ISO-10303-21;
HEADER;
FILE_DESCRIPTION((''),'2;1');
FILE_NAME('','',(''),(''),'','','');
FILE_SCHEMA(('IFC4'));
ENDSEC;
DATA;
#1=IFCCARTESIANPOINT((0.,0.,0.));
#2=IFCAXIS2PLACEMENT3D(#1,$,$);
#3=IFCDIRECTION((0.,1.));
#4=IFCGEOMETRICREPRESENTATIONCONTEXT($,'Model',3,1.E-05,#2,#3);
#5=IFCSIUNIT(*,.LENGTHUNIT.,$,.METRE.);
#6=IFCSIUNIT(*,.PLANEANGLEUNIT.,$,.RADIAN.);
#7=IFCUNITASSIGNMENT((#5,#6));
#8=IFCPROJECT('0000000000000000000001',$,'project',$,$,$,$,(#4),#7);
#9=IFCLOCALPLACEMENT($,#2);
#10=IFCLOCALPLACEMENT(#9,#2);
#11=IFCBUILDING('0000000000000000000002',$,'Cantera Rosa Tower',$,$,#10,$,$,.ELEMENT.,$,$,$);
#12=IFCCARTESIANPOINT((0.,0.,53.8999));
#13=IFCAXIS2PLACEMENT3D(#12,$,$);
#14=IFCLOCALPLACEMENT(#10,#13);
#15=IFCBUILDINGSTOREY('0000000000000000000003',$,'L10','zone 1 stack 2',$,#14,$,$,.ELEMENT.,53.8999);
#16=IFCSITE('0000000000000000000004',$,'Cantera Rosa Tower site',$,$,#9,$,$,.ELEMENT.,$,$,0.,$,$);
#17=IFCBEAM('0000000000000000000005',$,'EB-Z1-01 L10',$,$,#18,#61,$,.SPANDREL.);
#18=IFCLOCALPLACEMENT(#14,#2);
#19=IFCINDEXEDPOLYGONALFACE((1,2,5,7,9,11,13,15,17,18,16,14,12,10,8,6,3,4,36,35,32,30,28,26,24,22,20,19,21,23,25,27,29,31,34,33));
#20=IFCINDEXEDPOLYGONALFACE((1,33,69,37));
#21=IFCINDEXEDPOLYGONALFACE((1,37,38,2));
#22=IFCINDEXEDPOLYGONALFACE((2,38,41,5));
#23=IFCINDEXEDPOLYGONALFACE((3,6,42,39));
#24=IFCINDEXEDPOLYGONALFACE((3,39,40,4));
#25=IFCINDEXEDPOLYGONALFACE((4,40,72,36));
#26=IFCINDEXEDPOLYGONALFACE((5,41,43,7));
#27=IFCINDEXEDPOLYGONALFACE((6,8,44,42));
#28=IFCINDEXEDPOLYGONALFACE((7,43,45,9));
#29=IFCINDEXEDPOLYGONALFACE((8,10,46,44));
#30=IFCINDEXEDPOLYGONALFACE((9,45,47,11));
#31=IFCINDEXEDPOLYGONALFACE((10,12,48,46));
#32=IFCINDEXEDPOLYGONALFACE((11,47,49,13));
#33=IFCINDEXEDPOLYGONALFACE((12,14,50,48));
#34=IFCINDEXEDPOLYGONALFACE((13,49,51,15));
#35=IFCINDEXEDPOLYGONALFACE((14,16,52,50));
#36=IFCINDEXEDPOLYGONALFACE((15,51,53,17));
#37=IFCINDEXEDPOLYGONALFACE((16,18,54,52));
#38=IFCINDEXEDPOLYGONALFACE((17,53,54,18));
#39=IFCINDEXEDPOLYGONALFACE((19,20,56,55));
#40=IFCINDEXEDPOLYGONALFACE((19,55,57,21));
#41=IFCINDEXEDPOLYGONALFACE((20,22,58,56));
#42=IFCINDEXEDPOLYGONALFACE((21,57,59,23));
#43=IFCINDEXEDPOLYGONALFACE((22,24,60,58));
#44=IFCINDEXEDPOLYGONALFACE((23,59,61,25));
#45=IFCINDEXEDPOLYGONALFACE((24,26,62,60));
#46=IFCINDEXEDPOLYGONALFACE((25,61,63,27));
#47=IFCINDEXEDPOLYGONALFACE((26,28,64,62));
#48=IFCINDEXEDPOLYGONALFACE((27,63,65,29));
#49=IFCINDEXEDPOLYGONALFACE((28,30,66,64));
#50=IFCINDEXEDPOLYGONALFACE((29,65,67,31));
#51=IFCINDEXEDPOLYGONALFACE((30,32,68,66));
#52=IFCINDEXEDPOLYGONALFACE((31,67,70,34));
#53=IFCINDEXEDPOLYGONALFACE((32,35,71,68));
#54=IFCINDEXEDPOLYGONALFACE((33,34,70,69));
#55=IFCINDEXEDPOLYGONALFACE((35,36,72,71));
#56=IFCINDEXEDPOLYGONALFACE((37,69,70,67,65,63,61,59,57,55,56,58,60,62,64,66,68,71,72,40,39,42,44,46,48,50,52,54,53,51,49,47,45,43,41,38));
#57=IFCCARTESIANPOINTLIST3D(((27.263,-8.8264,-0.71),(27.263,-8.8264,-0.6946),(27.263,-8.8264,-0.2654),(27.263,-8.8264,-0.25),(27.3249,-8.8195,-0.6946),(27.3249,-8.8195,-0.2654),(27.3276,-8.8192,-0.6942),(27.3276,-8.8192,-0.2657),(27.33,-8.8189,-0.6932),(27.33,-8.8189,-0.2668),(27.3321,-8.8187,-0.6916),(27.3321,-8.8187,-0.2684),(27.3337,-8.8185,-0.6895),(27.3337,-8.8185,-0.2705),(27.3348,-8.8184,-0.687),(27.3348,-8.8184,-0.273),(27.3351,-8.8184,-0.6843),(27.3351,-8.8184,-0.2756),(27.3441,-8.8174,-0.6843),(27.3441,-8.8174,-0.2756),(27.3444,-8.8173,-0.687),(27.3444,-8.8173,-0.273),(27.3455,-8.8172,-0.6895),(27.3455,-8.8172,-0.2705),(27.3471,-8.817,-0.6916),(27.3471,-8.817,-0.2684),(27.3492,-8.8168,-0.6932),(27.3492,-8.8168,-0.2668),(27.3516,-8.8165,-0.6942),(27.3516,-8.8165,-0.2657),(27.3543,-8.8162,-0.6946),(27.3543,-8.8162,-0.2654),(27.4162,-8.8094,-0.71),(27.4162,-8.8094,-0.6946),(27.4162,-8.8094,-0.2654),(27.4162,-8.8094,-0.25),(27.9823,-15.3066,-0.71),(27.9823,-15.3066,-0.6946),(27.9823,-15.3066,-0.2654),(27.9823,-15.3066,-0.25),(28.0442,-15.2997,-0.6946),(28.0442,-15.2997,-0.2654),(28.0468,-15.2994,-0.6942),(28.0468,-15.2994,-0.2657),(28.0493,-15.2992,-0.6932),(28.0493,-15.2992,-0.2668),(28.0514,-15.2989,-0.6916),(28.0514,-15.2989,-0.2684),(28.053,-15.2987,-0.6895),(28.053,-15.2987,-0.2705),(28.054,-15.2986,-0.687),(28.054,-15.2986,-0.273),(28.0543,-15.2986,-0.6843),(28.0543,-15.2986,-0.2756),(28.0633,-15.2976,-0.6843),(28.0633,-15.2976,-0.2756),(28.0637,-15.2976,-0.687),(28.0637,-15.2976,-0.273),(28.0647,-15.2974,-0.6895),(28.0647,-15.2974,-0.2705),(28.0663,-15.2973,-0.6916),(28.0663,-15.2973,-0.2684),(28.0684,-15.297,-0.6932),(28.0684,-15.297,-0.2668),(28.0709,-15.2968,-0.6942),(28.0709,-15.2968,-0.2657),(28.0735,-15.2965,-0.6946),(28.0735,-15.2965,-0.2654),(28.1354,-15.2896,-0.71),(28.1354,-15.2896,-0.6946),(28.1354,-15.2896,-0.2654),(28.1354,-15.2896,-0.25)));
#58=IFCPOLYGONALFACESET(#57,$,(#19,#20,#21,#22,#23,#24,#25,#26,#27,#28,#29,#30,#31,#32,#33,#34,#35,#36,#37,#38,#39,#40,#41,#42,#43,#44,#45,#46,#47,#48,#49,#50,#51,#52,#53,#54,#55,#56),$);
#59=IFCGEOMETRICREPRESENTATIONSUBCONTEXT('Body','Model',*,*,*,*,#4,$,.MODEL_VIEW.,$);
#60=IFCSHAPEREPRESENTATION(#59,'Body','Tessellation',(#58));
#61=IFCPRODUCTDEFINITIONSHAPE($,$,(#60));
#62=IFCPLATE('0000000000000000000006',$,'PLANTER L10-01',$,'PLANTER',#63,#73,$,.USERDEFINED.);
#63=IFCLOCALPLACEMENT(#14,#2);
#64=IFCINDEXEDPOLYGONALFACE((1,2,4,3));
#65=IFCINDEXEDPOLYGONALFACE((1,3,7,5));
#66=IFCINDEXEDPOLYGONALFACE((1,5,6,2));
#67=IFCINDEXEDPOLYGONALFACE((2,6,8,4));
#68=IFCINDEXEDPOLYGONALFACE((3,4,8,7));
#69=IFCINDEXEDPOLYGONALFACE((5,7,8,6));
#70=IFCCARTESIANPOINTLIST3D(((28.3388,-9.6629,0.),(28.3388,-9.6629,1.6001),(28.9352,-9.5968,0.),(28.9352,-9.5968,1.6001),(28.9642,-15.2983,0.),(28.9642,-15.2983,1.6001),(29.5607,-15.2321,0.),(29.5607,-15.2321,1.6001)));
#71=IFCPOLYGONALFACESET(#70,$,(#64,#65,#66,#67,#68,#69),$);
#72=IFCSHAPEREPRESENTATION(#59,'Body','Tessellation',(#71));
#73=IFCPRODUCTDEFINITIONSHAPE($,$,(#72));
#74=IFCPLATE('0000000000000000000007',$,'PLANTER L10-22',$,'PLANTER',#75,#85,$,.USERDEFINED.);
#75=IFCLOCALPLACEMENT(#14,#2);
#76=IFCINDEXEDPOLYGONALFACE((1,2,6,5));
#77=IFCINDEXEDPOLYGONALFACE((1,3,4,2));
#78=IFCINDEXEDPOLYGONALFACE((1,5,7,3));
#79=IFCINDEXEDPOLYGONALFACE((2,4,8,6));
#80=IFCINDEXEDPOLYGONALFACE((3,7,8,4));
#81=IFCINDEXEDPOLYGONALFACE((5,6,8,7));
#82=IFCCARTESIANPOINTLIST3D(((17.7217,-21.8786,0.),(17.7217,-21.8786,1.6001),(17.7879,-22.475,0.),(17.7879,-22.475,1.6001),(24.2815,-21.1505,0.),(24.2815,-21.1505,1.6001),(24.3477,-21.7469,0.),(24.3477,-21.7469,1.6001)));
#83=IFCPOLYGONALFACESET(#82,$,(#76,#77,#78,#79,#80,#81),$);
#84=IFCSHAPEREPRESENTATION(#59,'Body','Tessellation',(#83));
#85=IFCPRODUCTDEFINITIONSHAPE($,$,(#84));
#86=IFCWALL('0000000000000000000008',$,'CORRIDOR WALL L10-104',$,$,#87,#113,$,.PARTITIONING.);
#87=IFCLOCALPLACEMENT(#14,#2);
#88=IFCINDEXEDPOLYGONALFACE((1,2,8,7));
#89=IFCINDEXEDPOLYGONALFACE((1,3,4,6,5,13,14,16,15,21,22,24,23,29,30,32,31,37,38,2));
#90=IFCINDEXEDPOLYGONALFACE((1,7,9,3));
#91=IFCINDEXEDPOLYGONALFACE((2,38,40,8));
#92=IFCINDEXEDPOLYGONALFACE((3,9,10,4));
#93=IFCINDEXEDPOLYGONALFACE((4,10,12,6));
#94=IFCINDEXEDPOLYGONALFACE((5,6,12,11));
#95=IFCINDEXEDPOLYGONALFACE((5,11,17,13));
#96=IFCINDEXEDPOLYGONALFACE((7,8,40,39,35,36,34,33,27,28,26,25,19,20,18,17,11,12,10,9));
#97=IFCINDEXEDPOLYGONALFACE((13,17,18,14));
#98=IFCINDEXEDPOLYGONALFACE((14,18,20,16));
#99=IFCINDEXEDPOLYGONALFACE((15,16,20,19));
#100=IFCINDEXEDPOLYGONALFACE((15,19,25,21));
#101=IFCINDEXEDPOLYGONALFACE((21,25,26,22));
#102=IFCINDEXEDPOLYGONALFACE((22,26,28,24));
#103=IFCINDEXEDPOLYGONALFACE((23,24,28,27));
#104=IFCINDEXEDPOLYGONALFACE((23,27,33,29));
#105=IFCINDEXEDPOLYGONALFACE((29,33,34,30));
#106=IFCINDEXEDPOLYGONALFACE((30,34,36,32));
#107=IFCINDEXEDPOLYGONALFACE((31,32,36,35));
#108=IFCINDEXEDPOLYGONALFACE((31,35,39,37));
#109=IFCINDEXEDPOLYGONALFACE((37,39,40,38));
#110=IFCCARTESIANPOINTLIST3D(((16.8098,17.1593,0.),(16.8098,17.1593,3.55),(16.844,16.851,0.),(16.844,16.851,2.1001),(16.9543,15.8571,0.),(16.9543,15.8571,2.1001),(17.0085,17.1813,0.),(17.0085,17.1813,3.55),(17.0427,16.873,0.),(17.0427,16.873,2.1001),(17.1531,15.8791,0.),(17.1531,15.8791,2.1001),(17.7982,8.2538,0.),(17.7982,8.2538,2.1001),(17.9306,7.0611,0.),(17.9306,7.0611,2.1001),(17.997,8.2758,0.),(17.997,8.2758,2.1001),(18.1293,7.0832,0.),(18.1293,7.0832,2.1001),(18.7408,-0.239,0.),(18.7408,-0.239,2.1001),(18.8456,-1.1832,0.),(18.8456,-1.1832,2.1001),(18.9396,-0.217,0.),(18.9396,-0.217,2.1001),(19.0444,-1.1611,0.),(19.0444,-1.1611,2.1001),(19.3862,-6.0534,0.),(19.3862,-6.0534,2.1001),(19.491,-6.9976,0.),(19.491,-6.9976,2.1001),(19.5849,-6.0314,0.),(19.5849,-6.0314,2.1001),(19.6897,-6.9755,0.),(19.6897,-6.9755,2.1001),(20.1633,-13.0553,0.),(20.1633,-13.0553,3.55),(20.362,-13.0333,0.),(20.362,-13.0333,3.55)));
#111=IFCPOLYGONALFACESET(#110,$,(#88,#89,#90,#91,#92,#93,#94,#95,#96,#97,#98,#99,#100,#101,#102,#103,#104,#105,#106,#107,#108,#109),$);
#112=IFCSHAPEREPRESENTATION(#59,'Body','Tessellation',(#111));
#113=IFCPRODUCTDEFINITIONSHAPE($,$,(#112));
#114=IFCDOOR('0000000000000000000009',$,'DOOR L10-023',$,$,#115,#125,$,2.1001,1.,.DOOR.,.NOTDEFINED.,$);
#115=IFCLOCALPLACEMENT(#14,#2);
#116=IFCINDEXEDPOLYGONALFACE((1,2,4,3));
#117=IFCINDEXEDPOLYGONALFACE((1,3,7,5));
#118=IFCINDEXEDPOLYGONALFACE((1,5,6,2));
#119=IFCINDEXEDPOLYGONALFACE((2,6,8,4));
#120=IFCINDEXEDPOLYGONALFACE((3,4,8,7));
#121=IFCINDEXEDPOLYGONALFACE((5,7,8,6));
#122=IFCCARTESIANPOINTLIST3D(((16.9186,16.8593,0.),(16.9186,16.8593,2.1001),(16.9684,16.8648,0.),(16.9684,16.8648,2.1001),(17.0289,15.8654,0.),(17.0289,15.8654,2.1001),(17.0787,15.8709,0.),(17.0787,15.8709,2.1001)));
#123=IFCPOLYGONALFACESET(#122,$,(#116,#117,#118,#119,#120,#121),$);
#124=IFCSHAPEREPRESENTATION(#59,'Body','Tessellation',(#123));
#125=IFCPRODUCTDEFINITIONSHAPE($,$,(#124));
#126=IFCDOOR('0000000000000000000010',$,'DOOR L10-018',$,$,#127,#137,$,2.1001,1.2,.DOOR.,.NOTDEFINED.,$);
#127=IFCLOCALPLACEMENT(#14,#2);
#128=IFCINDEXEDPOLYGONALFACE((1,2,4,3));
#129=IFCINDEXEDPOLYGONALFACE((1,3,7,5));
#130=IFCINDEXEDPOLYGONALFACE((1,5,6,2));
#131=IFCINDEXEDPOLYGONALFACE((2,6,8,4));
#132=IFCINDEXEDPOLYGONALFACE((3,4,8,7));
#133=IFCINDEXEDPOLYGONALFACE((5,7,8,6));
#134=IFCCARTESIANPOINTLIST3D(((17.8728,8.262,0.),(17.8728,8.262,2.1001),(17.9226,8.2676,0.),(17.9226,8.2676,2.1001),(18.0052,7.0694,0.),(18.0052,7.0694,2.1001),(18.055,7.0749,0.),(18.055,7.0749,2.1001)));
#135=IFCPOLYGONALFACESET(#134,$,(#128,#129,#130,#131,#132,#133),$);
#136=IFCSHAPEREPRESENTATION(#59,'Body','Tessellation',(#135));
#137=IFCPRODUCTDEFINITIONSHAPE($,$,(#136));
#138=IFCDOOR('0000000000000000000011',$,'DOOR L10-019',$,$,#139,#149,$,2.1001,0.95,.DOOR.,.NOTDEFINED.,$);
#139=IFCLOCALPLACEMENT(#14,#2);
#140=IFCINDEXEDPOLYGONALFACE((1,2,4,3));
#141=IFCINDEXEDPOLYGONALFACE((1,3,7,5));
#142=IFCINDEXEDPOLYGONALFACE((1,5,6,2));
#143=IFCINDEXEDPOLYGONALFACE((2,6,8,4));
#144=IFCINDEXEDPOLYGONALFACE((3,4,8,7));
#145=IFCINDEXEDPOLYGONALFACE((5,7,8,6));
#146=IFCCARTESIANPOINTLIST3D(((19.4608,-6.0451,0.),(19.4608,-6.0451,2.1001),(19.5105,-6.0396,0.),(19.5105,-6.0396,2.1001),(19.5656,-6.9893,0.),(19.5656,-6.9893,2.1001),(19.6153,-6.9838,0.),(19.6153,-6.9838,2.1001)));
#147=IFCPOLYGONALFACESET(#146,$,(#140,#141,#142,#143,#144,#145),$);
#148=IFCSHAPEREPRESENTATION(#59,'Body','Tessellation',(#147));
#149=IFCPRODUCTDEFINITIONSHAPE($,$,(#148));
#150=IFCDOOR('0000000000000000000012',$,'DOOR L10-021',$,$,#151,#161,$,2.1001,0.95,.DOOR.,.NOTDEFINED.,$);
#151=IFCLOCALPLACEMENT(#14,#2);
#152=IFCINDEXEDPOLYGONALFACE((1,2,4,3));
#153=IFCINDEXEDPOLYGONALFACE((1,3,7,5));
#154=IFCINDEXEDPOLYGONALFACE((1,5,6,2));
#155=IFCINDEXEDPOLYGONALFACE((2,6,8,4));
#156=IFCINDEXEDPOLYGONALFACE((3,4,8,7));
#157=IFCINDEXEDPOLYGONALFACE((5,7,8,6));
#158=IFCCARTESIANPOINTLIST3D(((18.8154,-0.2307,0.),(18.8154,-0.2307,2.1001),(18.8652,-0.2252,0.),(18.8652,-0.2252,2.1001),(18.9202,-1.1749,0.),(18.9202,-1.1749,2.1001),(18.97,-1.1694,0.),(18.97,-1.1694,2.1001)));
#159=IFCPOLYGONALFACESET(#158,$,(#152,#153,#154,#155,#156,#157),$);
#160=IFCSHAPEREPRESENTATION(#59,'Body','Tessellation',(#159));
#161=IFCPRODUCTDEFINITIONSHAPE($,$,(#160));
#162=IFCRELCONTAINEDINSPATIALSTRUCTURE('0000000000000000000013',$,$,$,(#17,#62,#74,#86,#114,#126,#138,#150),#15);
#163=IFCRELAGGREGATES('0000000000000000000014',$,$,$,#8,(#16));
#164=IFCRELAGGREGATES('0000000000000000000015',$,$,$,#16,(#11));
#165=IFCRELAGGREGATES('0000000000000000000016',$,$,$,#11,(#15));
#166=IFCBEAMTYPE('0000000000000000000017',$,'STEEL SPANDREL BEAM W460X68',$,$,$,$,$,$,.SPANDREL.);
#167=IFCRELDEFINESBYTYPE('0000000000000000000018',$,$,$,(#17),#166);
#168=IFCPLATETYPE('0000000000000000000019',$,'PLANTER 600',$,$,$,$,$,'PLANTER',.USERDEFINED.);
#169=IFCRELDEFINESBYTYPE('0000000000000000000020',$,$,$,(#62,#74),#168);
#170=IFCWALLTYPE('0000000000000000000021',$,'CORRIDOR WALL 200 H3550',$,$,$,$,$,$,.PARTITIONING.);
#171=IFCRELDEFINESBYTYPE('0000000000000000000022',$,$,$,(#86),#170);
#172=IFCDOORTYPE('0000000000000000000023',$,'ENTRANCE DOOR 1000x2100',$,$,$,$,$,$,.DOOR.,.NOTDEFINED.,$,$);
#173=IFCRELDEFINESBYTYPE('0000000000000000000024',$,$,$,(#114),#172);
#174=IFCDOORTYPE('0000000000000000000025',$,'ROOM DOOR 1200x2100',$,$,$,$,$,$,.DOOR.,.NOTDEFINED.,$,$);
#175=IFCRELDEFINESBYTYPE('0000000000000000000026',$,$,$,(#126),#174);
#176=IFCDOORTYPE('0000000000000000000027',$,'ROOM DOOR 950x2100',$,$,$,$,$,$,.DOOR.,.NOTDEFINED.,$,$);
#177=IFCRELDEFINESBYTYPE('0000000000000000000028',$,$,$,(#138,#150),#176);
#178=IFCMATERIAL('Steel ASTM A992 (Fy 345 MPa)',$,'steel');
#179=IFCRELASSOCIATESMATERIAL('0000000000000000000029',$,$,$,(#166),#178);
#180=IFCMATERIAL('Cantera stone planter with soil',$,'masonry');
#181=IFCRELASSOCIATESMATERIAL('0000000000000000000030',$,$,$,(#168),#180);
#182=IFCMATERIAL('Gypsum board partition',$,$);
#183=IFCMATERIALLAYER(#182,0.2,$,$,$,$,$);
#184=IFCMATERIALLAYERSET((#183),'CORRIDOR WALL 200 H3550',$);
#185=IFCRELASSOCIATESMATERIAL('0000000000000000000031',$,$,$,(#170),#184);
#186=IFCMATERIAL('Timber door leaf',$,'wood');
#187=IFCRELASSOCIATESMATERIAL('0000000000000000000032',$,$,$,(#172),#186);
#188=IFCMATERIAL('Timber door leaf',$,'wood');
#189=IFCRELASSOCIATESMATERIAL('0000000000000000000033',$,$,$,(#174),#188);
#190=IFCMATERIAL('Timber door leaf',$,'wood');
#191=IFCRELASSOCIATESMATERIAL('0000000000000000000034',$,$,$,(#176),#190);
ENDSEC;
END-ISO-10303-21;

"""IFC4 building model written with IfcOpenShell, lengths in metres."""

from ifc_helpers import new_model, si_unit, direction, frame, frame_2d, origin, origin_2d, place, context, subcontext, project, spatial, rectangle, i_section, extrude, material, layer, layer_set, material_profile, profile_set, type_object, element, fill, save


model = new_model("IFC4")

# Units and contexts
model_context = context("Model", 3, precision=1e-05, world=origin(), true_north=direction((0.0, 1.0)))
body_context = subcontext(model_context, "Body", "Model", "MODEL_VIEW")
ifc_project = project(units=[si_unit("LENGTHUNIT", "METRE"), si_unit("PLANEANGLEUNIT", "RADIAN")], contexts=[model_context])

# Site, building, storey
site_placement = place(None, origin())
site = spatial("IfcSite", under=ifc_project, at=site_placement, Name="Cantera Rosa Tower site", CompositionType="ELEMENT", RefElevation=0.0)
building_placement = place(site_placement, origin())
building = spatial("IfcBuilding", under=site, at=building_placement, Name="Cantera Rosa Tower", CompositionType="ELEMENT")
storey_placement = place(building_placement, frame((0.0, 0.0, 53.8999)))
storey = spatial("IfcBuildingStorey", under=building, at=storey_placement, Name="L10", Description="zone 1 stack 2", CompositionType="ELEMENT", Elevation=53.8999)

# Beam
ifc_material_1 = material(Name="Steel ASTM A992 (Fy 345 MPa)", Category="steel")
ifc_material_profile_1 = material_profile(ifc_material_1, i_section(OverallWidth=0.1541, OverallDepth=0.46, WebThickness=0.009, FlangeThickness=0.0154, FilletRadius=0.0103, at=origin_2d()), Name="W460X68")
ifc_profile_set_1 = profile_set([ifc_material_profile_1], Name="Steel ASTM A992 (Fy 345 MPa)")
beam_type_1 = type_object("IfcBeamType", Name="STEEL SPANDREL BEAM W460X68", PredefinedType="SPANDREL", material=ifc_profile_set_1)
beam_1_placement = place(storey_placement, frame((28.0588, -15.2981, -0.48), z_axis=(-0.110312, 0.993897, 0.0), x_axis=(-0.993897, -0.110312, 0.0)))
element("IfcBeam", 1, at=beam_1_placement, inside=storey, type_object=beam_type_1, Name="EB-Z1-01 L10", PredefinedType="SPANDREL", context=body_context, shape_type="SweptSolid", body=[
    extrude(i_section(OverallWidth=0.1541, OverallDepth=0.46, WebThickness=0.009, FlangeThickness=0.0154, FilletRadius=0.0103, at=origin_2d()), origin(), (0.0, 0.0, 1.0), 6.52),
])

# Plates
ifc_material_2 = material(Name="Cantera stone planter with soil", Category="masonry")
plate_type = type_object("IfcPlateType", Name="PLANTER 600", ElementType="PLANTER", PredefinedType="USERDEFINED", material=ifc_material_2)
plate_1_placement = place(storey_placement, frame((28.9497, -12.4475, 0.0), z_axis=(0.0, 0.0, 1.0), x_axis=(-0.110313, 0.993897, 0.0)))
element("IfcPlate", 2, at=plate_1_placement, inside=storey, type_object=plate_type, Name="PLANTER L10-01", ObjectType="PLANTER", PredefinedType="USERDEFINED", context=body_context, shape_type="SweptSolid", body=[
    extrude(rectangle(XDim=5.6699, YDim=0.6001, at=origin_2d()), origin(), (0.0, 0.0, 1.0), 1.6001),
])
plate_2_placement = place(storey_placement, frame((21.0347, -21.8127, 0.0), z_axis=(0.0, 0.0, 1.0), x_axis=(0.993897, 0.110313, 0.0)))
element("IfcPlate", 3, at=plate_2_placement, inside=storey, type_object=plate_type, Name="PLANTER L10-22", ObjectType="PLANTER", PredefinedType="USERDEFINED", context=body_context, shape_type="SweptSolid", body=[
    extrude(rectangle(XDim=6.6001, YDim=0.6001, at=origin_2d()), origin(), (0.0, 0.0, 1.0), 1.6001),
])

# Wall, openings, doors
ifc_material_3 = material(Name="Gypsum board partition")
ifc_layer_1 = layer(ifc_material_3, 0.2)
ifc_layer_set_1 = layer_set([ifc_layer_1], Name="CORRIDOR WALL 200 H3550")
wall_type_1 = type_object("IfcWallType", Name="CORRIDOR WALL 200 H3550", PredefinedType="PARTITIONING", material=ifc_layer_set_1)
wall_1_placement = place(storey_placement, frame((20.2627, -13.0444, 0.0), z_axis=(0.0, 0.0, 1.0), x_axis=(-0.110313, 0.993897, 0.0)))
wall_1 = element("IfcWall", 4, at=wall_1_placement, inside=storey, type_object=wall_type_1, Name="CORRIDOR WALL L10-104", PredefinedType="PARTITIONING", context=body_context, shape_type="SweptSolid", body=[
    extrude(rectangle(XDim=30.4001, YDim=0.2, at=frame_2d((15.2002, 0.0))), origin(), (0.0, 0.0, 1.0), 3.55),
])
opening_1_placement = place(wall_1_placement, frame((20.24, 0.0, 0.0)))
opening_1 = element("IfcOpeningElement", 5, at=opening_1_placement, cuts=wall_1, PredefinedType="OPENING", context=body_context, shape_type="SweptSolid", body=[
    extrude(rectangle(XDim=1.2, YDim=2.1001, at=frame_2d((0.6001, 1.05))), frame((0.0, 0.1099, 0.0), z_axis=(0.0, -1.0, 0.0), x_axis=(1.0, 0.0, 0.0)), (0.0, 0.0, 1.0), 0.22),
])
opening_2_placement = place(wall_1_placement, frame((6.095, 0.0, 0.0)))
opening_2 = element("IfcOpeningElement", 6, at=opening_2_placement, cuts=wall_1, PredefinedType="OPENING", context=body_context, shape_type="SweptSolid", body=[
    extrude(rectangle(XDim=0.95, YDim=2.1001, at=frame_2d((0.4751, 1.05))), frame((0.0, 0.1099, 0.0), z_axis=(0.0, -1.0, 0.0), x_axis=(1.0, 0.0, 0.0)), (0.0, 0.0, 1.0), 0.22),
])
opening_3_placement = place(wall_1_placement, frame((11.9451, 0.0, 0.0)))
opening_3 = element("IfcOpeningElement", 7, at=opening_3_placement, cuts=wall_1, PredefinedType="OPENING", context=body_context, shape_type="SweptSolid", body=[
    extrude(rectangle(XDim=0.95, YDim=2.1001, at=frame_2d((0.4751, 1.05))), frame((0.0, 0.1099, 0.0), z_axis=(0.0, -1.0, 0.0), x_axis=(1.0, 0.0, 0.0)), (0.0, 0.0, 1.0), 0.22),
])
opening_4_placement = place(wall_1_placement, frame((29.0901, 0.0, 0.0)))
opening_4 = element("IfcOpeningElement", 8, at=opening_4_placement, cuts=wall_1, PredefinedType="OPENING", context=body_context, shape_type="SweptSolid", body=[
    extrude(rectangle(XDim=1.0, YDim=2.1001, at=frame_2d((0.5, 1.05))), frame((0.0, 0.1099, 0.0), z_axis=(0.0, -1.0, 0.0), x_axis=(1.0, 0.0, 0.0)), (0.0, 0.0, 1.0), 0.22),
])
ifc_material_4 = material(Name="Timber door leaf", Category="wood")
door_type_1 = type_object("IfcDoorType", Name="ENTRANCE DOOR 1000x2100", OperationType="NOTDEFINED", PredefinedType="DOOR", material=ifc_material_4)
door_1_placement = place(opening_4_placement, origin())
door_1 = element("IfcDoor", 9, at=door_1_placement, inside=storey, type_object=door_type_1, Name="DOOR L10-023", OperationType="NOTDEFINED", OverallHeight=2.1001, OverallWidth=1.0, PredefinedType="DOOR", context=body_context, shape_type="SweptSolid", body=[
    extrude(rectangle(XDim=1.0, YDim=2.1001, at=frame_2d((0.5, 1.05))), frame((0.0, 0.0249, 0.0), z_axis=(0.0, -1.0, 0.0), x_axis=(1.0, 0.0, 0.0)), (0.0, 0.0, 1.0), 0.05),
])
fill(opening_4, door_1)
ifc_material_5 = material(Name="Timber door leaf", Category="wood")
door_type_2 = type_object("IfcDoorType", Name="ROOM DOOR 1200x2100", OperationType="NOTDEFINED", PredefinedType="DOOR", material=ifc_material_5)
door_2_placement = place(opening_1_placement, origin())
door_2 = element("IfcDoor", 10, at=door_2_placement, inside=storey, type_object=door_type_2, Name="DOOR L10-018", OperationType="NOTDEFINED", OverallHeight=2.1001, OverallWidth=1.2, PredefinedType="DOOR", context=body_context, shape_type="SweptSolid", body=[
    extrude(rectangle(XDim=1.2, YDim=2.1001, at=frame_2d((0.6001, 1.05))), frame((0.0, 0.0249, 0.0), z_axis=(0.0, -1.0, 0.0), x_axis=(1.0, 0.0, 0.0)), (0.0, 0.0, 1.0), 0.05),
])
fill(opening_1, door_2)
ifc_material_6 = material(Name="Timber door leaf", Category="wood")
door_type_3 = type_object("IfcDoorType", Name="ROOM DOOR 950x2100", OperationType="NOTDEFINED", PredefinedType="DOOR", material=ifc_material_6)
door_3_placement = place(opening_2_placement, origin())
door_3 = element("IfcDoor", 11, at=door_3_placement, inside=storey, type_object=door_type_3, Name="DOOR L10-019", OperationType="NOTDEFINED", OverallHeight=2.1001, OverallWidth=0.95, PredefinedType="DOOR", context=body_context, shape_type="SweptSolid", body=[
    extrude(rectangle(XDim=0.95, YDim=2.1001, at=frame_2d((0.4751, 1.05))), frame((0.0, 0.0249, 0.0), z_axis=(0.0, -1.0, 0.0), x_axis=(1.0, 0.0, 0.0)), (0.0, 0.0, 1.0), 0.05),
])
fill(opening_2, door_3)
door_4_placement = place(opening_3_placement, origin())
door_4 = element("IfcDoor", 12, at=door_4_placement, inside=storey, type_object=door_type_3, Name="DOOR L10-021", OperationType="NOTDEFINED", OverallHeight=2.1001, OverallWidth=0.95, PredefinedType="DOOR", context=body_context, shape_type="SweptSolid", body=[
    extrude(rectangle(XDim=0.95, YDim=2.1001, at=frame_2d((0.4751, 1.05))), frame((0.0, 0.0249, 0.0), z_axis=(0.0, -1.0, 0.0), x_axis=(1.0, 0.0, 0.0)), (0.0, 0.0, 1.0), 0.05),
])
fill(opening_3, door_4)

save(model, "model.ifc")
